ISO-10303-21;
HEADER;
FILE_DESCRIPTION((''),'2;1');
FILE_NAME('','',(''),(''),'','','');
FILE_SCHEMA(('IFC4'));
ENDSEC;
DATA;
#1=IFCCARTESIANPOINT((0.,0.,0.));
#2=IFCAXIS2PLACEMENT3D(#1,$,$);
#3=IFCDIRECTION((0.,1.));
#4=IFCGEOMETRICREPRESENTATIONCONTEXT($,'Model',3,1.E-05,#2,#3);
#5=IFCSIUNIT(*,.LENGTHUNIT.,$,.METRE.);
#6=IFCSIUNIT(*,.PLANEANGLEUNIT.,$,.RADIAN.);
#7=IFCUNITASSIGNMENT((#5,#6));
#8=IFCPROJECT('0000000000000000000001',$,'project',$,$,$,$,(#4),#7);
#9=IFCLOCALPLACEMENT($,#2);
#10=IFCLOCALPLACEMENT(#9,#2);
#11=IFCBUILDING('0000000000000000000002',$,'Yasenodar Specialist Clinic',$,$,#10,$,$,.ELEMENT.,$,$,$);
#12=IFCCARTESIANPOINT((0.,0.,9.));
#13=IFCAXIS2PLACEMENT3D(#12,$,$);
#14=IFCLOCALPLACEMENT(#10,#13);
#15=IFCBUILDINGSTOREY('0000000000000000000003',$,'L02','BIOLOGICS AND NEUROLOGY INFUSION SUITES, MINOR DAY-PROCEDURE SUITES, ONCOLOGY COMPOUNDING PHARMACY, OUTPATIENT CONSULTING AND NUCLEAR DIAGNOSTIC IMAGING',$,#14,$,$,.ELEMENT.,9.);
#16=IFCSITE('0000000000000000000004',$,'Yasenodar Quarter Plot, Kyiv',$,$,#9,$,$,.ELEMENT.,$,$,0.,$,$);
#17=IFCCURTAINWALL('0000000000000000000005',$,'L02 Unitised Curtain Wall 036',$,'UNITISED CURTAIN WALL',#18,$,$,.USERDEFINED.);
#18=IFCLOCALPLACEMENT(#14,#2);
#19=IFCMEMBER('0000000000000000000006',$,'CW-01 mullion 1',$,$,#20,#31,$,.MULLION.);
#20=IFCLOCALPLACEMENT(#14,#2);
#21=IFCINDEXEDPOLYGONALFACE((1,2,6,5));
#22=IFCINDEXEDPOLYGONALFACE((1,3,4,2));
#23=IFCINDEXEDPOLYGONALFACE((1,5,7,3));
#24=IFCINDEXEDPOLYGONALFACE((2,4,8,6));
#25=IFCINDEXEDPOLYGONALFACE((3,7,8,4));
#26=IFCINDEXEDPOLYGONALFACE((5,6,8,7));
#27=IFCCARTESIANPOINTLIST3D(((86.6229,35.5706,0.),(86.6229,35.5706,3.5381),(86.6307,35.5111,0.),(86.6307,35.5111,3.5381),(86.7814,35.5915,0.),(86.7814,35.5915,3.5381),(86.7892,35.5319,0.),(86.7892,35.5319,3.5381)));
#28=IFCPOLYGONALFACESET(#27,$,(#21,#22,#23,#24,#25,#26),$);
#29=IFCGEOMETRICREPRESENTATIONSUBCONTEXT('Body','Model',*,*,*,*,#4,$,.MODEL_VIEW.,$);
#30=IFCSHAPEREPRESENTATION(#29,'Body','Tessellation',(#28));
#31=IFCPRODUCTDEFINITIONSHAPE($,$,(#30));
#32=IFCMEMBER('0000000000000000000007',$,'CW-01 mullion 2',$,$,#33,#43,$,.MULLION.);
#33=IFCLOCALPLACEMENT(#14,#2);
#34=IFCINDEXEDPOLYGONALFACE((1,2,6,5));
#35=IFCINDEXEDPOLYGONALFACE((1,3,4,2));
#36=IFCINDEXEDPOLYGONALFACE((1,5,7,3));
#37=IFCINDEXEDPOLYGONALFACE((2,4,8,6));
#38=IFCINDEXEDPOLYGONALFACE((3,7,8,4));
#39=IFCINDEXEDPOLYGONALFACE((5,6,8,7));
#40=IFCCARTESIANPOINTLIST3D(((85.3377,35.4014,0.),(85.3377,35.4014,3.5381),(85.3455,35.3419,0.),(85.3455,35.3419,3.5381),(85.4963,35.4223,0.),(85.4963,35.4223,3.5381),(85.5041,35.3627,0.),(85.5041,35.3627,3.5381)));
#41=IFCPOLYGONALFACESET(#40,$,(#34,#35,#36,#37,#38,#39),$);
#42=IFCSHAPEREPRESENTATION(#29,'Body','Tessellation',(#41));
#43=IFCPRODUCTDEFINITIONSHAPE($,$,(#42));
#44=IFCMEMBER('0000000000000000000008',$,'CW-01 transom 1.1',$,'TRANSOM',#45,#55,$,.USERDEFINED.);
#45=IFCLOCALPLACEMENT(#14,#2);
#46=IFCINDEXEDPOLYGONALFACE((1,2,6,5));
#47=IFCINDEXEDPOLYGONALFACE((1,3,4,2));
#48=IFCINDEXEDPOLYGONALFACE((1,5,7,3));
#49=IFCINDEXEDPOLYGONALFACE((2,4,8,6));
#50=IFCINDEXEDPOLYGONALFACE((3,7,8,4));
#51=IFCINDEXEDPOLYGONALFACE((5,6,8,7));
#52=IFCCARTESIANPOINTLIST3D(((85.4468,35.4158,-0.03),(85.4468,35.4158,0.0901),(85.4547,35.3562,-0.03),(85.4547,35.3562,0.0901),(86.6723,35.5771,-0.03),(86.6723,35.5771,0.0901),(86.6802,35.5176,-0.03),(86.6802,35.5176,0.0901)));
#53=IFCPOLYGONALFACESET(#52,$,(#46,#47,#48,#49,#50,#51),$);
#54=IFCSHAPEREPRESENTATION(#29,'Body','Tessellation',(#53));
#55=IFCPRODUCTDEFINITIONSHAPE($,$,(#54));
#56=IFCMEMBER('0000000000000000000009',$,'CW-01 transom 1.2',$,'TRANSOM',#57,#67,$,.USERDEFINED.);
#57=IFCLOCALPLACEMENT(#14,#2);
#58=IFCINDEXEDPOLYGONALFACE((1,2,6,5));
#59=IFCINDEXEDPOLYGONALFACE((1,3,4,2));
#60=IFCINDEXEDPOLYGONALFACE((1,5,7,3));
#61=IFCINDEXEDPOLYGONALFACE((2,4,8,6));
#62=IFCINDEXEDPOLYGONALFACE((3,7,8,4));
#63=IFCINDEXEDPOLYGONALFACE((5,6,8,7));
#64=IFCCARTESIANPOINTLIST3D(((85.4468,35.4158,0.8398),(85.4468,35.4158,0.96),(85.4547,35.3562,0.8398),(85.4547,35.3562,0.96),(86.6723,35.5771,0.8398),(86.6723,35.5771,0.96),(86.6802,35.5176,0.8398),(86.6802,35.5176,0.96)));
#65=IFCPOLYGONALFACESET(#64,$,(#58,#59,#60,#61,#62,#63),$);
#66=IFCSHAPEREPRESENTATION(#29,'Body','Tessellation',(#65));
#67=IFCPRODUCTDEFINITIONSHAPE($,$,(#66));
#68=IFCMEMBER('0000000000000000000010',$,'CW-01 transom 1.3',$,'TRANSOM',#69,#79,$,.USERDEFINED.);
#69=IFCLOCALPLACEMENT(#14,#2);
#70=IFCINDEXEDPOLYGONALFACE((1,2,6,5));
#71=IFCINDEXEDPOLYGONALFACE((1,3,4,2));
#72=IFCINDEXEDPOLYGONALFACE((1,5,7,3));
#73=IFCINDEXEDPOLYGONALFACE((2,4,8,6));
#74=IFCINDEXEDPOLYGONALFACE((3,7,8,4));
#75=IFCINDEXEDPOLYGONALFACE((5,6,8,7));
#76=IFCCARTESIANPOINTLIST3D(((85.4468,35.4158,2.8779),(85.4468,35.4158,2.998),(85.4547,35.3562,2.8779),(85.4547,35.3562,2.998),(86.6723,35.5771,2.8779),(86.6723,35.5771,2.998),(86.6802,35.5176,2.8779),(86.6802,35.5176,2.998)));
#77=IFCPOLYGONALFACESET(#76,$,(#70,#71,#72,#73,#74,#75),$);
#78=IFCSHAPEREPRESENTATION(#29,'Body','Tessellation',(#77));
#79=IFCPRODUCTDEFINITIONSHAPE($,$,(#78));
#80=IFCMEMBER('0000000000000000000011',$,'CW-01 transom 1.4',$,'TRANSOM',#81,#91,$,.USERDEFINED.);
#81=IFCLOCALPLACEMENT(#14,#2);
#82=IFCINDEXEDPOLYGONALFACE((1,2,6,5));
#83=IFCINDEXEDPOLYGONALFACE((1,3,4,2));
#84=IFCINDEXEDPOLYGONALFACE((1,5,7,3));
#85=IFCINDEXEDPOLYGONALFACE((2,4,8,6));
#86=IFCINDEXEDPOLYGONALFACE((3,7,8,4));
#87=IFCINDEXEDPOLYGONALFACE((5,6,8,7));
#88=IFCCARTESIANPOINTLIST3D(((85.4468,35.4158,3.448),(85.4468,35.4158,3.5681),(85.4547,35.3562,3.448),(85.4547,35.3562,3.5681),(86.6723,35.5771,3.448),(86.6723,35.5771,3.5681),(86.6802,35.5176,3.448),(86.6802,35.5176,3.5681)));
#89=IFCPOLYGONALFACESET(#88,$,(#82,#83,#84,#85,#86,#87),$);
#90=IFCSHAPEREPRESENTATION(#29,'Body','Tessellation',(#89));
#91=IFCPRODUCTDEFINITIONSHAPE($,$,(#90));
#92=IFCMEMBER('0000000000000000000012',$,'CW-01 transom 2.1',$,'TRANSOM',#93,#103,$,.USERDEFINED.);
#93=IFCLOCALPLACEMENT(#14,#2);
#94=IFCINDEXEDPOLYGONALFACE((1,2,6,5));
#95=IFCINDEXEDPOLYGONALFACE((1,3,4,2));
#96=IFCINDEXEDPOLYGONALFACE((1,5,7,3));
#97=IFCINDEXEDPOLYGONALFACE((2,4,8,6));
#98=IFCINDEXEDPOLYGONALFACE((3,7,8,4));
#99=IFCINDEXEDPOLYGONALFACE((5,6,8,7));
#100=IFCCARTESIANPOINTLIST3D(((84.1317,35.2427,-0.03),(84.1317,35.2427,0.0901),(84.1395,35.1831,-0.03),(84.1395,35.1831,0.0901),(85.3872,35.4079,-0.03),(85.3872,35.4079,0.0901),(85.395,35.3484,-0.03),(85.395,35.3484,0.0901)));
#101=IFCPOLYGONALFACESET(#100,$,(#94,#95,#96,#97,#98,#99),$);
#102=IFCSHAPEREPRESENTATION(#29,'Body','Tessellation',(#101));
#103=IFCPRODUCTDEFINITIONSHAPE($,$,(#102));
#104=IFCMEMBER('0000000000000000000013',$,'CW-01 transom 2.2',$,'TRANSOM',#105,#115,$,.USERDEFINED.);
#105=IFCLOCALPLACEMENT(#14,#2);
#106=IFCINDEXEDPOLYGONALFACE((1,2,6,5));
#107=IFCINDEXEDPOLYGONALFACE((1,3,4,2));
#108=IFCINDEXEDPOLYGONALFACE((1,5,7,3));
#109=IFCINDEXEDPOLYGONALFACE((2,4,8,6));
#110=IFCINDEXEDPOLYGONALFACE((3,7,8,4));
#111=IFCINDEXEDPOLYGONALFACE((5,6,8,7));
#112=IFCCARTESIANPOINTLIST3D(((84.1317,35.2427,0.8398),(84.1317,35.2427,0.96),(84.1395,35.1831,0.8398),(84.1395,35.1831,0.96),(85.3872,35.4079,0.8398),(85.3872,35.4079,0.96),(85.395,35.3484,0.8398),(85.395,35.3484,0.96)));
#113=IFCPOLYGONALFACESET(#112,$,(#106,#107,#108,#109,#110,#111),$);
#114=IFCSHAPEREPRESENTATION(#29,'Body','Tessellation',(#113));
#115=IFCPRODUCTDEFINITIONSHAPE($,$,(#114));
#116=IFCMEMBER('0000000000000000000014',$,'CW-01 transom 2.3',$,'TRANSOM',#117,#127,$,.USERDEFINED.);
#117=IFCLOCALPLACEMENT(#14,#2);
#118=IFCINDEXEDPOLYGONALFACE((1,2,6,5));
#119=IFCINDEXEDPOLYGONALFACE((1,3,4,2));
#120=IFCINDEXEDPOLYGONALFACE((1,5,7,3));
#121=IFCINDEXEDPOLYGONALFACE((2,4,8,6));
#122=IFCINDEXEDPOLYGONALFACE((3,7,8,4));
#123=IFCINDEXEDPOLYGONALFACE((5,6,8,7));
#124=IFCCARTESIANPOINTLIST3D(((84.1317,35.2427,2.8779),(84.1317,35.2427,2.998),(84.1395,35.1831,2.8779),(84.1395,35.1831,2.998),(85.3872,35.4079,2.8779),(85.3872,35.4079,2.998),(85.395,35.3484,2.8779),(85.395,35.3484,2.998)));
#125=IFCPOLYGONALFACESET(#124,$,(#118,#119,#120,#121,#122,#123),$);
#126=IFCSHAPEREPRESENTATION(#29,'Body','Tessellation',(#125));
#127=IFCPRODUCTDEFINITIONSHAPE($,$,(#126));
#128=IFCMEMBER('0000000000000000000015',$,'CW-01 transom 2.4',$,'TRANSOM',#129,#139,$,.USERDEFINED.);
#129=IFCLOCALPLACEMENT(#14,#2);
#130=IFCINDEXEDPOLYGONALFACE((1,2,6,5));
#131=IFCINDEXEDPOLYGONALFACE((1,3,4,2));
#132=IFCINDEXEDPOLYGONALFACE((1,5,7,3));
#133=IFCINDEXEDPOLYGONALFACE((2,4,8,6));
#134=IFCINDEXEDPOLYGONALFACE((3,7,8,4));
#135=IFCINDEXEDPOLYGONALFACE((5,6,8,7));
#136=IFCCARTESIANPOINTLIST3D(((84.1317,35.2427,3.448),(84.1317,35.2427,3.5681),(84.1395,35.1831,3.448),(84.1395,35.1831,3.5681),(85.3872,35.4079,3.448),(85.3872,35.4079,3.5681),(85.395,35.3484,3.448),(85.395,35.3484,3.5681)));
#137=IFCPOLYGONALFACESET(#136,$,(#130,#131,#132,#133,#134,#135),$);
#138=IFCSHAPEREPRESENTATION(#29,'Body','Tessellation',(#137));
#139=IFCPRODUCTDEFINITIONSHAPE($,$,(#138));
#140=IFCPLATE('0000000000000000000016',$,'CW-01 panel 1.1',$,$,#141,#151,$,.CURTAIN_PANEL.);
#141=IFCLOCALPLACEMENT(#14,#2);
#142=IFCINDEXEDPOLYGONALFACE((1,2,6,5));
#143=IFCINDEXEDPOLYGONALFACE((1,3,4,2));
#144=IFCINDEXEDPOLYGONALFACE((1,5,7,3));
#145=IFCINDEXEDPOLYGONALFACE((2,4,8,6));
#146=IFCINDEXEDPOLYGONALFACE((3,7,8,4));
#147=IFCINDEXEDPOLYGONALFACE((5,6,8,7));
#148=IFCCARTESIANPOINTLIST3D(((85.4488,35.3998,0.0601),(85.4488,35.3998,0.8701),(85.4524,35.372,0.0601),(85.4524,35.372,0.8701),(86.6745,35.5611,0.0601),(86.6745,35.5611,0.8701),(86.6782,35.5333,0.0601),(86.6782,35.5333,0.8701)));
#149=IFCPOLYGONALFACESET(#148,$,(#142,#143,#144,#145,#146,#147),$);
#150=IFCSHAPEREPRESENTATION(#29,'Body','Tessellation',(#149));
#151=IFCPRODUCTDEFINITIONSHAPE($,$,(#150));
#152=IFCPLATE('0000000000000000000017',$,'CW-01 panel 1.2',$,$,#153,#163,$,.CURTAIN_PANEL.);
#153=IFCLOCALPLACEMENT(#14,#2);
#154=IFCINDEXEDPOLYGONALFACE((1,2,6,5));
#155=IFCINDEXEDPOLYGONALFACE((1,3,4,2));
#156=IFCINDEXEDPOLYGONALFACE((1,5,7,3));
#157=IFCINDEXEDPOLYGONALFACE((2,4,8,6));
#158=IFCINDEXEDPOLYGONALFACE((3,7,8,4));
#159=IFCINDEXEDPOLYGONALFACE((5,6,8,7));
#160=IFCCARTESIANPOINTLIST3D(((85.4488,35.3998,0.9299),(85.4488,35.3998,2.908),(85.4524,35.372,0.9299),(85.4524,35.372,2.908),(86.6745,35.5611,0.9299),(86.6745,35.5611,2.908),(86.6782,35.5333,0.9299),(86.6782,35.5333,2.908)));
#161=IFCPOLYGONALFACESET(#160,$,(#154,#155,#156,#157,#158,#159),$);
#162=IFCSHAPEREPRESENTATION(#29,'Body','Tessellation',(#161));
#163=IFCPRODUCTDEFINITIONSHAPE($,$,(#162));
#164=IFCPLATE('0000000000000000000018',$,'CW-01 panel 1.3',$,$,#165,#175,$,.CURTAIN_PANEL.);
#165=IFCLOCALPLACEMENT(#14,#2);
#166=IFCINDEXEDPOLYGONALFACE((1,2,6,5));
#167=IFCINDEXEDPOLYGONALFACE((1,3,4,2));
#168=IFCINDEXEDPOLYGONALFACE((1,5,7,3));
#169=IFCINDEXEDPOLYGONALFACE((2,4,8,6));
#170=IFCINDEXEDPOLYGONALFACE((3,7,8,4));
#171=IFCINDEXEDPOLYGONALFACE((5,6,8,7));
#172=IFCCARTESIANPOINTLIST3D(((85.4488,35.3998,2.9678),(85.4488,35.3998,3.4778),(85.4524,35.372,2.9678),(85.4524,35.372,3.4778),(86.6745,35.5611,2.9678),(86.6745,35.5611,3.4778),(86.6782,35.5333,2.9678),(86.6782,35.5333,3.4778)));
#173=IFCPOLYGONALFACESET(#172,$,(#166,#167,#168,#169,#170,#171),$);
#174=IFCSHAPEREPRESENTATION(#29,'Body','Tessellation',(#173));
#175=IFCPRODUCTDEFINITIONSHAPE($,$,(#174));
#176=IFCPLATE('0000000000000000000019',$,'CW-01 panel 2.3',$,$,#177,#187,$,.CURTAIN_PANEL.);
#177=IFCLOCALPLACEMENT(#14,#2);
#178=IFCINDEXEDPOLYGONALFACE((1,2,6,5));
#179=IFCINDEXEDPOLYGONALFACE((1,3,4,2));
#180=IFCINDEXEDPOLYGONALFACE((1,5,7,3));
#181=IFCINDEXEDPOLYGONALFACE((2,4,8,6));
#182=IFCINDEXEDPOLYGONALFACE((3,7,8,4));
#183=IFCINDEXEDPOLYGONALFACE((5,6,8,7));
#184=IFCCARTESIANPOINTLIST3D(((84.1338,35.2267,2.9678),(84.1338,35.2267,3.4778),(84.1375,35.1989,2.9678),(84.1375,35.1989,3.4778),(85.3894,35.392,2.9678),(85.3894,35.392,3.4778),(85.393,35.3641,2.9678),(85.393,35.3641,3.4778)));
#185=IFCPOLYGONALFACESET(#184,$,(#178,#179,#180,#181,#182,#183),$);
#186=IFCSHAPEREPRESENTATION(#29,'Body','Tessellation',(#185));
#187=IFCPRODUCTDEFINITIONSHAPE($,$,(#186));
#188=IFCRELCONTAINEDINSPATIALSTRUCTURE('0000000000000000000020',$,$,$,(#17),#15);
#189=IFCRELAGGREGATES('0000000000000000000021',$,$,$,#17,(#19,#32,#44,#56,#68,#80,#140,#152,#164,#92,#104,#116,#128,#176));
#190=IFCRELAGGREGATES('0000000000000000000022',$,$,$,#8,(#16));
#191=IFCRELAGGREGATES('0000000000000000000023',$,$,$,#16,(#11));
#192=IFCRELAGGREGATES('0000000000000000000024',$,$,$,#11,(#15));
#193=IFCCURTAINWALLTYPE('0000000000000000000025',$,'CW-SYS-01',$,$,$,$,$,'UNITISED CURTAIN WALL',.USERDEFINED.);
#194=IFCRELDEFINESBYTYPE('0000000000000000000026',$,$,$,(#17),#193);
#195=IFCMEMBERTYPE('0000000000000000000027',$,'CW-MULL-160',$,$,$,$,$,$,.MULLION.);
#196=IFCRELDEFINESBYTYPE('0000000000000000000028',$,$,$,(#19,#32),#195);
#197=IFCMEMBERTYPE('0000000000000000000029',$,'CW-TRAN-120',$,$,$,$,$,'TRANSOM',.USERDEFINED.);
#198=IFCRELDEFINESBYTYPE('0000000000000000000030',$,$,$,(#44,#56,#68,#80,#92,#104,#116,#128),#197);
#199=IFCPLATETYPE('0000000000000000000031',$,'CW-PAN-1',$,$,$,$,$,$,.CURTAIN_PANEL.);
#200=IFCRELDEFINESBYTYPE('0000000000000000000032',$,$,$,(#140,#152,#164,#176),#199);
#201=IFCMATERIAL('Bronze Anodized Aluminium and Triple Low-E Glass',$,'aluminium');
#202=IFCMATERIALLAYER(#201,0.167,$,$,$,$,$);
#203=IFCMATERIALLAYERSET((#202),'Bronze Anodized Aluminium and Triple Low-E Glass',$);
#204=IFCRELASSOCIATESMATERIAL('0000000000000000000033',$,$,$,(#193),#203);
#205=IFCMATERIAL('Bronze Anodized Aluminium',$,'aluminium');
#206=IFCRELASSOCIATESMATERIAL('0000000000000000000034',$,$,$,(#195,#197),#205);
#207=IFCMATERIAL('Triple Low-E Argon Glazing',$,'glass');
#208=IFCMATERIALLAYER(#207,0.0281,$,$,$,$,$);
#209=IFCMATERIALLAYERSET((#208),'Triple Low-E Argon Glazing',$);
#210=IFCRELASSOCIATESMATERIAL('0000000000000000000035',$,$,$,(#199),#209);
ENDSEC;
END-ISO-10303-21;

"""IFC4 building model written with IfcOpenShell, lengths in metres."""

from ifc_helpers import new_model, si_unit, direction, frame, origin, origin_2d, place, context, subcontext, project, spatial, rectangle, extrude, material, layer, layer_set, material_profile, profile_set, type_object, element, aggregate, save


model = new_model("IFC4")

# Units and contexts
model_context = context("Model", 3, precision=1e-05, world=origin(), true_north=direction((0.0, 1.0)))
body_context = subcontext(model_context, "Body", "Model", "MODEL_VIEW")
ifc_project = project(units=[si_unit("LENGTHUNIT", "METRE"), si_unit("PLANEANGLEUNIT", "RADIAN")], contexts=[model_context])

# Site, building, storey
site_placement = place(None, origin())
site = spatial("IfcSite", under=ifc_project, at=site_placement, Name="Yasenodar Quarter Plot, Kyiv", CompositionType="ELEMENT", RefElevation=0.0)
building_placement = place(site_placement, origin())
building = spatial("IfcBuilding", under=site, at=building_placement, Name="Yasenodar Specialist Clinic", CompositionType="ELEMENT")
storey_placement = place(building_placement, frame((0.0, 0.0, 9.0)))
storey = spatial("IfcBuildingStorey", under=building, at=storey_placement, Name="L02", Description="BIOLOGICS AND NEUROLOGY INFUSION SUITES, MINOR DAY-PROCEDURE SUITES, ONCOLOGY COMPOUNDING PHARMACY, OUTPATIENT CONSULTING AND NUCLEAR DIAGNOSTIC IMAGING", CompositionType="ELEMENT", Elevation=9.0)

# Curtain wall, members, plates
ifc_material_1 = material(Name="Bronze Anodized Aluminium and Triple Low-E Glass", Category="aluminium")
ifc_layer_1 = layer(ifc_material_1, 0.167)
ifc_layer_set_1 = layer_set([ifc_layer_1], Name="Bronze Anodized Aluminium and Triple Low-E Glass")
curtain_wall_type = type_object("IfcCurtainWallType", Name="CW-SYS-01", ElementType="UNITISED CURTAIN WALL", PredefinedType="USERDEFINED", material=ifc_layer_set_1)
curtain_wall_placement = place(storey_placement, origin())
curtain_wall = element("IfcCurtainWall", 1, at=curtain_wall_placement, inside=storey, type_object=curtain_wall_type, Name="L02 Unitised Curtain Wall 036", ObjectType="UNITISED CURTAIN WALL", PredefinedType="USERDEFINED")
ifc_material_2 = material(Name="Bronze Anodized Aluminium", Category="aluminium")
ifc_material_profile_1 = material_profile(ifc_material_2, rectangle(XDim=0.0601, YDim=0.1599, at=origin_2d()), Name="CW-MULL 60x160")
ifc_profile_set_1 = profile_set([ifc_material_profile_1], Name="Bronze Anodized Aluminium")
member_type_1 = type_object("IfcMemberType", Name="CW-MULL-160", PredefinedType="MULLION", material=ifc_profile_set_1)
member_1_placement = place(storey_placement, frame((86.7061, 35.5513, 0.0), z_axis=(0.0, 0.0, 1.0), x_axis=(0.130512, -0.991447, 0.0)))
member_1 = element("IfcMember", 2, at=member_1_placement, type_object=member_type_1, Name="CW-01 mullion 1", PredefinedType="MULLION", context=body_context, shape_type="SweptSolid", body=[
    extrude(rectangle(XDim=0.0601, YDim=0.1599, at=origin_2d()), origin(), (0.0, 0.0, 1.0), 3.5381),
])
member_2_placement = place(storey_placement, frame((85.4209, 35.3821, 0.0), z_axis=(0.0, 0.0, 1.0), x_axis=(0.130512, -0.991447, 0.0)))
member_2 = element("IfcMember", 3, at=member_2_placement, type_object=member_type_1, Name="CW-01 mullion 2", PredefinedType="MULLION", context=body_context, shape_type="SweptSolid", body=[
    extrude(rectangle(XDim=0.0601, YDim=0.1599, at=origin_2d()), origin(), (0.0, 0.0, 1.0), 3.5381),
])
ifc_material_profile_2 = material_profile(ifc_material_2, rectangle(XDim=0.0601, YDim=0.1201, at=origin_2d()), Name="CW-TRAN 60x120")
ifc_profile_set_2 = profile_set([ifc_material_profile_2], Name="Bronze Anodized Aluminium")
member_type_2 = type_object("IfcMemberType", Name="CW-TRAN-120", ElementType="TRANSOM", PredefinedType="USERDEFINED", material=ifc_profile_set_2)
member_3_placement = place(storey_placement, frame((86.6763, 35.5474, 0.03), z_axis=(-0.991442, -0.130546, 0.0), x_axis=(0.130546, -0.991442, 0.0)))
member_3 = element("IfcMember", 4, at=member_3_placement, type_object=member_type_2, Name="CW-01 transom 1.1", ObjectType="TRANSOM", PredefinedType="USERDEFINED", context=body_context, shape_type="SweptSolid", body=[
    extrude(rectangle(XDim=0.0601, YDim=0.1201, at=origin_2d()), origin(), (0.0, 0.0, 1.0), 1.2361),
])
member_4_placement = place(storey_placement, frame((86.6763, 35.5474, 0.8999), z_axis=(-0.991442, -0.130546, 0.0), x_axis=(0.130546, -0.991442, 0.0)))
member_4 = element("IfcMember", 5, at=member_4_placement, type_object=member_type_2, Name="CW-01 transom 1.2", ObjectType="TRANSOM", PredefinedType="USERDEFINED", context=body_context, shape_type="SweptSolid", body=[
    extrude(rectangle(XDim=0.0601, YDim=0.1201, at=origin_2d()), origin(), (0.0, 0.0, 1.0), 1.2361),
])
member_5_placement = place(storey_placement, frame((86.6763, 35.5474, 2.938), z_axis=(-0.991442, -0.130546, 0.0), x_axis=(0.130546, -0.991442, 0.0)))
member_5 = element("IfcMember", 6, at=member_5_placement, type_object=member_type_2, Name="CW-01 transom 1.3", ObjectType="TRANSOM", PredefinedType="USERDEFINED", context=body_context, shape_type="SweptSolid", body=[
    extrude(rectangle(XDim=0.0601, YDim=0.1201, at=origin_2d()), origin(), (0.0, 0.0, 1.0), 1.2361),
])
member_6_placement = place(storey_placement, frame((86.6763, 35.5474, 3.5081), z_axis=(-0.991442, -0.130546, 0.0), x_axis=(0.130546, -0.991442, 0.0)))
member_6 = element("IfcMember", 7, at=member_6_placement, type_object=member_type_2, Name="CW-01 transom 1.4", ObjectType="TRANSOM", PredefinedType="USERDEFINED", context=body_context, shape_type="SweptSolid", body=[
    extrude(rectangle(XDim=0.0601, YDim=0.1201, at=origin_2d()), origin(), (0.0, 0.0, 1.0), 1.2361),
])
member_7_placement = place(storey_placement, frame((85.3911, 35.3782, 0.03), z_axis=(-0.991447, -0.130509, 0.0), x_axis=(0.130509, -0.991447, 0.0)))
member_7 = element("IfcMember", 8, at=member_7_placement, type_object=member_type_2, Name="CW-01 transom 2.1", ObjectType="TRANSOM", PredefinedType="USERDEFINED", context=body_context, shape_type="SweptSolid", body=[
    extrude(rectangle(XDim=0.0601, YDim=0.1201, at=origin_2d()), origin(), (0.0, 0.0, 1.0), 1.2664),
])
member_8_placement = place(storey_placement, frame((85.3911, 35.3782, 0.8999), z_axis=(-0.991447, -0.130509, 0.0), x_axis=(0.130509, -0.991447, 0.0)))
member_8 = element("IfcMember", 9, at=member_8_placement, type_object=member_type_2, Name="CW-01 transom 2.2", ObjectType="TRANSOM", PredefinedType="USERDEFINED", context=body_context, shape_type="SweptSolid", body=[
    extrude(rectangle(XDim=0.0601, YDim=0.1201, at=origin_2d()), origin(), (0.0, 0.0, 1.0), 1.2664),
])
member_9_placement = place(storey_placement, frame((85.3911, 35.3782, 2.938), z_axis=(-0.991447, -0.130509, 0.0), x_axis=(0.130509, -0.991447, 0.0)))
member_9 = element("IfcMember", 10, at=member_9_placement, type_object=member_type_2, Name="CW-01 transom 2.3", ObjectType="TRANSOM", PredefinedType="USERDEFINED", context=body_context, shape_type="SweptSolid", body=[
    extrude(rectangle(XDim=0.0601, YDim=0.1201, at=origin_2d()), origin(), (0.0, 0.0, 1.0), 1.2664),
])
member_10_placement = place(storey_placement, frame((85.3911, 35.3782, 3.5081), z_axis=(-0.991447, -0.130509, 0.0), x_axis=(0.130509, -0.991447, 0.0)))
member_10 = element("IfcMember", 11, at=member_10_placement, type_object=member_type_2, Name="CW-01 transom 2.4", ObjectType="TRANSOM", PredefinedType="USERDEFINED", context=body_context, shape_type="SweptSolid", body=[
    extrude(rectangle(XDim=0.0601, YDim=0.1201, at=origin_2d()), origin(), (0.0, 0.0, 1.0), 1.2664),
])
ifc_material_3 = material(Name="Triple Low-E Argon Glazing", Category="glass")
ifc_layer_2 = layer(ifc_material_3, 0.0281)
ifc_layer_set_2 = layer_set([ifc_layer_2], Name="Triple Low-E Argon Glazing")
plate_type_1 = type_object("IfcPlateType", Name="CW-PAN-1", PredefinedType="CURTAIN_PANEL", material=ifc_layer_set_2)
plate_1_placement = place(storey_placement, frame((86.0635, 35.4666, 0.0601), z_axis=(0.0, 0.0, 1.0), x_axis=(-0.991447, -0.130512, 0.0)))
plate_1 = element("IfcPlate", 12, at=plate_1_placement, type_object=plate_type_1, Name="CW-01 panel 1.1", PredefinedType="CURTAIN_PANEL", context=body_context, shape_type="SweptSolid", body=[
    extrude(rectangle(XDim=1.2363, YDim=0.0281, at=origin_2d()), origin(), (0.0, 0.0, 1.0), 0.8101),
])
plate_2_placement = place(storey_placement, frame((86.0635, 35.4666, 0.9299), z_axis=(0.0, 0.0, 1.0), x_axis=(-0.991447, -0.130512, 0.0)))
plate_2 = element("IfcPlate", 13, at=plate_2_placement, type_object=plate_type_1, Name="CW-01 panel 1.2", PredefinedType="CURTAIN_PANEL", context=body_context, shape_type="SweptSolid", body=[
    extrude(rectangle(XDim=1.2363, YDim=0.0281, at=origin_2d()), origin(), (0.0, 0.0, 1.0), 1.978),
])
plate_3_placement = place(storey_placement, frame((86.0635, 35.4666, 2.9678), z_axis=(0.0, 0.0, 1.0), x_axis=(-0.991447, -0.130512, 0.0)))
plate_3 = element("IfcPlate", 14, at=plate_3_placement, type_object=plate_type_1, Name="CW-01 panel 1.3", PredefinedType="CURTAIN_PANEL", context=body_context, shape_type="SweptSolid", body=[
    extrude(rectangle(XDim=1.2363, YDim=0.0281, at=origin_2d()), origin(), (0.0, 0.0, 1.0), 0.51),
])
plate_4_placement = place(storey_placement, frame((84.7634, 35.2954, 2.9678), z_axis=(0.0, 0.0, 1.0), x_axis=(-0.991447, -0.130512, 0.0)))
plate_4 = element("IfcPlate", 15, at=plate_4_placement, type_object=plate_type_1, Name="CW-01 panel 2.3", PredefinedType="CURTAIN_PANEL", context=body_context, shape_type="SweptSolid", body=[
    extrude(rectangle(XDim=1.2664, YDim=0.0281, at=origin_2d()), origin(), (0.0, 0.0, 1.0), 0.51),
])
aggregate(curtain_wall, [member_1, member_2, member_3, member_4, member_5, member_6, plate_1, plate_2, plate_3, member_7, member_8, member_9, member_10, plate_4])

save(model, "model.ifc")
